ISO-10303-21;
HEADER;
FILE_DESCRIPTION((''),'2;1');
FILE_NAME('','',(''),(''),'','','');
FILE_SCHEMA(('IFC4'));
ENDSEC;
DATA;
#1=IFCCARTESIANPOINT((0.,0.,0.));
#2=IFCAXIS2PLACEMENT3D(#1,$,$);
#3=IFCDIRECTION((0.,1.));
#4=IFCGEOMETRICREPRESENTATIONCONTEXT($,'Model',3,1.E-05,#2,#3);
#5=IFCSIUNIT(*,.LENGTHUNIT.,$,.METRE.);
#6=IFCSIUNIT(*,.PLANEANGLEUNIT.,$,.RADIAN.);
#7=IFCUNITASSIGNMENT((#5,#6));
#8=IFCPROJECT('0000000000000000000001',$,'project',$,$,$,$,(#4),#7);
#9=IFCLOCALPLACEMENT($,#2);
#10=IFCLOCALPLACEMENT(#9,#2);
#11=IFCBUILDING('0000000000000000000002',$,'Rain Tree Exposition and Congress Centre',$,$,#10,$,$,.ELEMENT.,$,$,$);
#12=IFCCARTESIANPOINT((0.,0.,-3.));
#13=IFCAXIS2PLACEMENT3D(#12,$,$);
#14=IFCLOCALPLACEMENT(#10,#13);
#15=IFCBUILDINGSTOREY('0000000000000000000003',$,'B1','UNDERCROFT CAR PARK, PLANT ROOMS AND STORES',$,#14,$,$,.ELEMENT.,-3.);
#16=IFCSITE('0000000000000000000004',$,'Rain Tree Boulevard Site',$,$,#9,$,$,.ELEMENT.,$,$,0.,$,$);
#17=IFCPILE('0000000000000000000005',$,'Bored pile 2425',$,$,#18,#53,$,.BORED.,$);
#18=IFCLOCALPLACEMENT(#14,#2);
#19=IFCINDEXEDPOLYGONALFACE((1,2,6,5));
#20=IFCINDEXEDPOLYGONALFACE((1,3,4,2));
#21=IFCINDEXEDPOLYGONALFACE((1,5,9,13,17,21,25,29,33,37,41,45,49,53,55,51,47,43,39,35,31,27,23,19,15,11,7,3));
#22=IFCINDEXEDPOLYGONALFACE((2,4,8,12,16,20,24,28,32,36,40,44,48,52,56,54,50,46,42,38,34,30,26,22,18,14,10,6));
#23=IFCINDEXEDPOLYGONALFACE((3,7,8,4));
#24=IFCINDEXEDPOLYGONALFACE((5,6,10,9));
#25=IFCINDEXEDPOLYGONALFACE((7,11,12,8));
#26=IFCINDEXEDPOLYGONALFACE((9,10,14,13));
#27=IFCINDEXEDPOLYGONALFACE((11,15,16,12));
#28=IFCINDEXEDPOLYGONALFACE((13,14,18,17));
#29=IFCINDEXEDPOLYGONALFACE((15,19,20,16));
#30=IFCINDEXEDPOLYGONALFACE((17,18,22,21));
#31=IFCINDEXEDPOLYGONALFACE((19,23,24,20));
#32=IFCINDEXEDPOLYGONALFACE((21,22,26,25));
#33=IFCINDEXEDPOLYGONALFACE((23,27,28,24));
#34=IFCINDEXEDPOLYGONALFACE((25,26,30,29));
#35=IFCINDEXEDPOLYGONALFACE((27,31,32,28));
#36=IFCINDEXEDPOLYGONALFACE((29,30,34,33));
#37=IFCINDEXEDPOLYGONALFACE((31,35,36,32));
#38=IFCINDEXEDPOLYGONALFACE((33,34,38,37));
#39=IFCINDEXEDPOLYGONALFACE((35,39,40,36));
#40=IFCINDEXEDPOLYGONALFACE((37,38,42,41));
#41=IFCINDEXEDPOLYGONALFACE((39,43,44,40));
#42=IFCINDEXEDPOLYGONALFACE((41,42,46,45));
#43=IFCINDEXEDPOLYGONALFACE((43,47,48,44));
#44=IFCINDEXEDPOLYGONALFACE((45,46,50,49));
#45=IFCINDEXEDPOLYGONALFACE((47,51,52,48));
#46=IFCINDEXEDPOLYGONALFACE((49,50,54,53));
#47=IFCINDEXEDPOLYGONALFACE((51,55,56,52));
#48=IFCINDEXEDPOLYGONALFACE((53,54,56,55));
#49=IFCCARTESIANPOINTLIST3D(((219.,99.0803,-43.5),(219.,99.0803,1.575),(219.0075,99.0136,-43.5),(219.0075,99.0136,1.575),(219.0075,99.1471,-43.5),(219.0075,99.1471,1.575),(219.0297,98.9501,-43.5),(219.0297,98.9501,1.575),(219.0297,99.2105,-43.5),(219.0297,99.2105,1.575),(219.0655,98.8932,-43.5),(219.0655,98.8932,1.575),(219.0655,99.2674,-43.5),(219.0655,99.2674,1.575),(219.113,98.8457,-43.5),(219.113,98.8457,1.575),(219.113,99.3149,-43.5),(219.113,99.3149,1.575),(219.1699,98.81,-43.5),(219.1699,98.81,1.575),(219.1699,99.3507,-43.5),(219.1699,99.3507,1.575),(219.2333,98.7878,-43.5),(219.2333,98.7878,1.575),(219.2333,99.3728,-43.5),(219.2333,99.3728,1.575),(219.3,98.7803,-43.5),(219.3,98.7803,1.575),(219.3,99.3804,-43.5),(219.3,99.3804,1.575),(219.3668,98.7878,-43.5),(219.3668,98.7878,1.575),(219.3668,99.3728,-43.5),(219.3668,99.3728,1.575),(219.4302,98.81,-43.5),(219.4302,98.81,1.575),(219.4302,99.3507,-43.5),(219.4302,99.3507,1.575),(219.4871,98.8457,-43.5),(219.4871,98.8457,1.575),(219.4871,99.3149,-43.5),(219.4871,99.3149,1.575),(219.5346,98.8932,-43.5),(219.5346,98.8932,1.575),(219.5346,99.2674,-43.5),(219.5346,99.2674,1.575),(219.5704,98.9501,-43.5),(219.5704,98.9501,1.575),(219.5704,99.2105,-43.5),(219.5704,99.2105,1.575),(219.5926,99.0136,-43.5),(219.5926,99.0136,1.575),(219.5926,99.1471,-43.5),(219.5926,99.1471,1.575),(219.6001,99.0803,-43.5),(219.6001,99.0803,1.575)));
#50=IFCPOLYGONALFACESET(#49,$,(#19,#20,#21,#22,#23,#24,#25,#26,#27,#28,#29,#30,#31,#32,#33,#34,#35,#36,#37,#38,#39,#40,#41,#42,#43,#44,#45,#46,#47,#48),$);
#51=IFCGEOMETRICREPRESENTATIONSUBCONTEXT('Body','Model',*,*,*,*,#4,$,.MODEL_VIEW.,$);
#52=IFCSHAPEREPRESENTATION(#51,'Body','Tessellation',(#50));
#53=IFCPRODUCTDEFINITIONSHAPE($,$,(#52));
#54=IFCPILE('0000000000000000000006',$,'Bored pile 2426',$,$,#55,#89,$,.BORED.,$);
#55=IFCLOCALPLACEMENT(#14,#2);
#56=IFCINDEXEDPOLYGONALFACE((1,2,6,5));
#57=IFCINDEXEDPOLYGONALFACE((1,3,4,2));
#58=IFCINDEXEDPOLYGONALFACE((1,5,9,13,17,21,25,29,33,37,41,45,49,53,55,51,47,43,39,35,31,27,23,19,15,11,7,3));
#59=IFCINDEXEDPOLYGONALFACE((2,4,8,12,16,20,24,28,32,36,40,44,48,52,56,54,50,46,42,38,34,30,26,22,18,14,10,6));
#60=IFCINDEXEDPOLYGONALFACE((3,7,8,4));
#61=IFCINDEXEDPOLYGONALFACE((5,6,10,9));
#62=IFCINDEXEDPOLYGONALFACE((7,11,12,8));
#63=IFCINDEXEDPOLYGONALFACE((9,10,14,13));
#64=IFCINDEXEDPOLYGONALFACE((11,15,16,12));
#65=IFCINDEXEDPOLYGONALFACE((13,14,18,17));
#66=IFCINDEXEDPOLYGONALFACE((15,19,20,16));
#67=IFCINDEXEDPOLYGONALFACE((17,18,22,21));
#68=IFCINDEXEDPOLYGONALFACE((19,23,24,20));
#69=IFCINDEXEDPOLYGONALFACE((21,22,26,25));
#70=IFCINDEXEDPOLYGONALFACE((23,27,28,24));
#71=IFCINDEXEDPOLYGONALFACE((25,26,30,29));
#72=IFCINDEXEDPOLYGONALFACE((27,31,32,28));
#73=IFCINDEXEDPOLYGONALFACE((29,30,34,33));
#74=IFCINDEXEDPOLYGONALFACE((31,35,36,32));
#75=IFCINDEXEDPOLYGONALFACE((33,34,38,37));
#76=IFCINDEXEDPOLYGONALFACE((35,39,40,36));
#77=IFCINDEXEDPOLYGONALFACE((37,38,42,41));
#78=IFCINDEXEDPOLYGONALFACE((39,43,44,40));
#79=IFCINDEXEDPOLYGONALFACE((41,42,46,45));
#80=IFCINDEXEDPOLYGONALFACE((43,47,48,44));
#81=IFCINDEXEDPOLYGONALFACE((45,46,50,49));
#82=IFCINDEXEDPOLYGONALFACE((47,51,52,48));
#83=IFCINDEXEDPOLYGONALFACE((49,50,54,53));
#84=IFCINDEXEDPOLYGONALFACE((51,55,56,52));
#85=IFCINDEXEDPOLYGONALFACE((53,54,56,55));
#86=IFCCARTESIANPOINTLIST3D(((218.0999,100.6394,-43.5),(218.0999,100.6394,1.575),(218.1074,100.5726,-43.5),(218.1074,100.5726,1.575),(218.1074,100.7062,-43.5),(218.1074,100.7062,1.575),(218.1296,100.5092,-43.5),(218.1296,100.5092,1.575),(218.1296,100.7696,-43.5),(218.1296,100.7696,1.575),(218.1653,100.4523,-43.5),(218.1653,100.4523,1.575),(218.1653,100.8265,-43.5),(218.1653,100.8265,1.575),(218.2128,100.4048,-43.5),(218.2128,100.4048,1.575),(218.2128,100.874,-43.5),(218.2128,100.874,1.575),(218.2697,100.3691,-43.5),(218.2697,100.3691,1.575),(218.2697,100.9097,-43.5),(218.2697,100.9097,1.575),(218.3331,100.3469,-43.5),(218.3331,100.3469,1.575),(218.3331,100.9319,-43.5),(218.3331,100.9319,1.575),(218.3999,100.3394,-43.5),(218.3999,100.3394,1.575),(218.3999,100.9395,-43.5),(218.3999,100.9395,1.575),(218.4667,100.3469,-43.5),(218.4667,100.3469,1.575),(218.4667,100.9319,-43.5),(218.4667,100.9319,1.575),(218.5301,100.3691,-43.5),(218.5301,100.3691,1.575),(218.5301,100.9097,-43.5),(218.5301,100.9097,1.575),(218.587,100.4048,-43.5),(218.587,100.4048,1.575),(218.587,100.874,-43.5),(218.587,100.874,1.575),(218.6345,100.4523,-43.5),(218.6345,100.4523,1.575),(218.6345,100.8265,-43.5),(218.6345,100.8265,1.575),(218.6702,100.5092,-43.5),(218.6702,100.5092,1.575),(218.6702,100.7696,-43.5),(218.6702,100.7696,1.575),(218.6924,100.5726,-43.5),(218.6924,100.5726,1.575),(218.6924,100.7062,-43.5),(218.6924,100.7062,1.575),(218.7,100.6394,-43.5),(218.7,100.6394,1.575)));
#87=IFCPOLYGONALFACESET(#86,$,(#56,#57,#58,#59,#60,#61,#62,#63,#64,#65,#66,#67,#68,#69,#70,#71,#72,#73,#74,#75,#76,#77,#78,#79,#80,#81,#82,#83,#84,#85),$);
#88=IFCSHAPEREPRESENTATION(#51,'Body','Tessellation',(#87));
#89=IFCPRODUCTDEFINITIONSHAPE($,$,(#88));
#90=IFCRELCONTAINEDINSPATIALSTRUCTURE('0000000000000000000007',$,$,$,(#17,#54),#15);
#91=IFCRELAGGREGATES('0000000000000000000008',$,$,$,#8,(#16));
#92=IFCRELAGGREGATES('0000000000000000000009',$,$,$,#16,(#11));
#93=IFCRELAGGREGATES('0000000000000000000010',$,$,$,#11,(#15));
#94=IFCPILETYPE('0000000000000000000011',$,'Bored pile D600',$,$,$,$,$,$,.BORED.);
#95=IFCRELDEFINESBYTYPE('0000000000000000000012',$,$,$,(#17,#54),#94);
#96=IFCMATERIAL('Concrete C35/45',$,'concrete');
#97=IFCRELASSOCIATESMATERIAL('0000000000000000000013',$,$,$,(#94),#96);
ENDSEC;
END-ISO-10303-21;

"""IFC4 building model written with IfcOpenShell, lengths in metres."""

from ifc_helpers import new_model, si_unit, direction, frame, origin, origin_2d, place, context, subcontext, project, spatial, circle, extrude, material, material_profile, profile_set, type_object, element, save


model = new_model("IFC4")

# Units and contexts
model_context = context("Model", 3, precision=1e-05, world=origin(), true_north=direction((0.0, 1.0)))
body_context = subcontext(model_context, "Body", "Model", "MODEL_VIEW")
ifc_project = project(units=[si_unit("LENGTHUNIT", "METRE"), si_unit("PLANEANGLEUNIT", "RADIAN")], contexts=[model_context])

# Site, building, storey
site_placement = place(None, origin())
site = spatial("IfcSite", under=ifc_project, at=site_placement, Name="Rain Tree Boulevard Site", CompositionType="ELEMENT", RefElevation=0.0)
building_placement = place(site_placement, origin())
building = spatial("IfcBuilding", under=site, at=building_placement, Name="Rain Tree Exposition and Congress Centre", CompositionType="ELEMENT")
storey_placement = place(building_placement, frame((0.0, 0.0, -3.0)))
storey = spatial("IfcBuildingStorey", under=building, at=storey_placement, Name="B1", Description="UNDERCROFT CAR PARK, PLANT ROOMS AND STORES", CompositionType="ELEMENT", Elevation=-3.0)

# Piles
ifc_material_1 = material(Name="Concrete C35/45", Category="concrete")
ifc_material_profile_1 = material_profile(ifc_material_1, circle(Radius=0.3, at=origin_2d()), Name="D600")
ifc_profile_set_1 = profile_set([ifc_material_profile_1], Name="Concrete C35/45")
pile_type_1 = type_object("IfcPileType", Name="Bored pile D600", PredefinedType="BORED", material=ifc_profile_set_1)
for number, where, z_axis, x_axis, name in (
    (1, (219.3, 99.0803, 1.575), (0.0, 0.0, -1.0), (1.0, 0.0, 0.0), "Bored pile 2425"),
    (2, (218.3999, 100.6394, 1.575), (0.0, 0.0, -1.0), (1.0, 0.0, 0.0), "Bored pile 2426"),
):
    element("IfcPile", number, at=place(storey_placement, frame(where, z_axis=z_axis, x_axis=x_axis)), inside=storey, type_object=pile_type_1, Name=name, PredefinedType="BORED", context=body_context, shape_type="SweptSolid", body=[
        extrude(circle(Radius=0.3, at=origin_2d()), origin(), (0.0, 0.0, 1.0), 45.075),
    ])

save(model, "model.ifc")
